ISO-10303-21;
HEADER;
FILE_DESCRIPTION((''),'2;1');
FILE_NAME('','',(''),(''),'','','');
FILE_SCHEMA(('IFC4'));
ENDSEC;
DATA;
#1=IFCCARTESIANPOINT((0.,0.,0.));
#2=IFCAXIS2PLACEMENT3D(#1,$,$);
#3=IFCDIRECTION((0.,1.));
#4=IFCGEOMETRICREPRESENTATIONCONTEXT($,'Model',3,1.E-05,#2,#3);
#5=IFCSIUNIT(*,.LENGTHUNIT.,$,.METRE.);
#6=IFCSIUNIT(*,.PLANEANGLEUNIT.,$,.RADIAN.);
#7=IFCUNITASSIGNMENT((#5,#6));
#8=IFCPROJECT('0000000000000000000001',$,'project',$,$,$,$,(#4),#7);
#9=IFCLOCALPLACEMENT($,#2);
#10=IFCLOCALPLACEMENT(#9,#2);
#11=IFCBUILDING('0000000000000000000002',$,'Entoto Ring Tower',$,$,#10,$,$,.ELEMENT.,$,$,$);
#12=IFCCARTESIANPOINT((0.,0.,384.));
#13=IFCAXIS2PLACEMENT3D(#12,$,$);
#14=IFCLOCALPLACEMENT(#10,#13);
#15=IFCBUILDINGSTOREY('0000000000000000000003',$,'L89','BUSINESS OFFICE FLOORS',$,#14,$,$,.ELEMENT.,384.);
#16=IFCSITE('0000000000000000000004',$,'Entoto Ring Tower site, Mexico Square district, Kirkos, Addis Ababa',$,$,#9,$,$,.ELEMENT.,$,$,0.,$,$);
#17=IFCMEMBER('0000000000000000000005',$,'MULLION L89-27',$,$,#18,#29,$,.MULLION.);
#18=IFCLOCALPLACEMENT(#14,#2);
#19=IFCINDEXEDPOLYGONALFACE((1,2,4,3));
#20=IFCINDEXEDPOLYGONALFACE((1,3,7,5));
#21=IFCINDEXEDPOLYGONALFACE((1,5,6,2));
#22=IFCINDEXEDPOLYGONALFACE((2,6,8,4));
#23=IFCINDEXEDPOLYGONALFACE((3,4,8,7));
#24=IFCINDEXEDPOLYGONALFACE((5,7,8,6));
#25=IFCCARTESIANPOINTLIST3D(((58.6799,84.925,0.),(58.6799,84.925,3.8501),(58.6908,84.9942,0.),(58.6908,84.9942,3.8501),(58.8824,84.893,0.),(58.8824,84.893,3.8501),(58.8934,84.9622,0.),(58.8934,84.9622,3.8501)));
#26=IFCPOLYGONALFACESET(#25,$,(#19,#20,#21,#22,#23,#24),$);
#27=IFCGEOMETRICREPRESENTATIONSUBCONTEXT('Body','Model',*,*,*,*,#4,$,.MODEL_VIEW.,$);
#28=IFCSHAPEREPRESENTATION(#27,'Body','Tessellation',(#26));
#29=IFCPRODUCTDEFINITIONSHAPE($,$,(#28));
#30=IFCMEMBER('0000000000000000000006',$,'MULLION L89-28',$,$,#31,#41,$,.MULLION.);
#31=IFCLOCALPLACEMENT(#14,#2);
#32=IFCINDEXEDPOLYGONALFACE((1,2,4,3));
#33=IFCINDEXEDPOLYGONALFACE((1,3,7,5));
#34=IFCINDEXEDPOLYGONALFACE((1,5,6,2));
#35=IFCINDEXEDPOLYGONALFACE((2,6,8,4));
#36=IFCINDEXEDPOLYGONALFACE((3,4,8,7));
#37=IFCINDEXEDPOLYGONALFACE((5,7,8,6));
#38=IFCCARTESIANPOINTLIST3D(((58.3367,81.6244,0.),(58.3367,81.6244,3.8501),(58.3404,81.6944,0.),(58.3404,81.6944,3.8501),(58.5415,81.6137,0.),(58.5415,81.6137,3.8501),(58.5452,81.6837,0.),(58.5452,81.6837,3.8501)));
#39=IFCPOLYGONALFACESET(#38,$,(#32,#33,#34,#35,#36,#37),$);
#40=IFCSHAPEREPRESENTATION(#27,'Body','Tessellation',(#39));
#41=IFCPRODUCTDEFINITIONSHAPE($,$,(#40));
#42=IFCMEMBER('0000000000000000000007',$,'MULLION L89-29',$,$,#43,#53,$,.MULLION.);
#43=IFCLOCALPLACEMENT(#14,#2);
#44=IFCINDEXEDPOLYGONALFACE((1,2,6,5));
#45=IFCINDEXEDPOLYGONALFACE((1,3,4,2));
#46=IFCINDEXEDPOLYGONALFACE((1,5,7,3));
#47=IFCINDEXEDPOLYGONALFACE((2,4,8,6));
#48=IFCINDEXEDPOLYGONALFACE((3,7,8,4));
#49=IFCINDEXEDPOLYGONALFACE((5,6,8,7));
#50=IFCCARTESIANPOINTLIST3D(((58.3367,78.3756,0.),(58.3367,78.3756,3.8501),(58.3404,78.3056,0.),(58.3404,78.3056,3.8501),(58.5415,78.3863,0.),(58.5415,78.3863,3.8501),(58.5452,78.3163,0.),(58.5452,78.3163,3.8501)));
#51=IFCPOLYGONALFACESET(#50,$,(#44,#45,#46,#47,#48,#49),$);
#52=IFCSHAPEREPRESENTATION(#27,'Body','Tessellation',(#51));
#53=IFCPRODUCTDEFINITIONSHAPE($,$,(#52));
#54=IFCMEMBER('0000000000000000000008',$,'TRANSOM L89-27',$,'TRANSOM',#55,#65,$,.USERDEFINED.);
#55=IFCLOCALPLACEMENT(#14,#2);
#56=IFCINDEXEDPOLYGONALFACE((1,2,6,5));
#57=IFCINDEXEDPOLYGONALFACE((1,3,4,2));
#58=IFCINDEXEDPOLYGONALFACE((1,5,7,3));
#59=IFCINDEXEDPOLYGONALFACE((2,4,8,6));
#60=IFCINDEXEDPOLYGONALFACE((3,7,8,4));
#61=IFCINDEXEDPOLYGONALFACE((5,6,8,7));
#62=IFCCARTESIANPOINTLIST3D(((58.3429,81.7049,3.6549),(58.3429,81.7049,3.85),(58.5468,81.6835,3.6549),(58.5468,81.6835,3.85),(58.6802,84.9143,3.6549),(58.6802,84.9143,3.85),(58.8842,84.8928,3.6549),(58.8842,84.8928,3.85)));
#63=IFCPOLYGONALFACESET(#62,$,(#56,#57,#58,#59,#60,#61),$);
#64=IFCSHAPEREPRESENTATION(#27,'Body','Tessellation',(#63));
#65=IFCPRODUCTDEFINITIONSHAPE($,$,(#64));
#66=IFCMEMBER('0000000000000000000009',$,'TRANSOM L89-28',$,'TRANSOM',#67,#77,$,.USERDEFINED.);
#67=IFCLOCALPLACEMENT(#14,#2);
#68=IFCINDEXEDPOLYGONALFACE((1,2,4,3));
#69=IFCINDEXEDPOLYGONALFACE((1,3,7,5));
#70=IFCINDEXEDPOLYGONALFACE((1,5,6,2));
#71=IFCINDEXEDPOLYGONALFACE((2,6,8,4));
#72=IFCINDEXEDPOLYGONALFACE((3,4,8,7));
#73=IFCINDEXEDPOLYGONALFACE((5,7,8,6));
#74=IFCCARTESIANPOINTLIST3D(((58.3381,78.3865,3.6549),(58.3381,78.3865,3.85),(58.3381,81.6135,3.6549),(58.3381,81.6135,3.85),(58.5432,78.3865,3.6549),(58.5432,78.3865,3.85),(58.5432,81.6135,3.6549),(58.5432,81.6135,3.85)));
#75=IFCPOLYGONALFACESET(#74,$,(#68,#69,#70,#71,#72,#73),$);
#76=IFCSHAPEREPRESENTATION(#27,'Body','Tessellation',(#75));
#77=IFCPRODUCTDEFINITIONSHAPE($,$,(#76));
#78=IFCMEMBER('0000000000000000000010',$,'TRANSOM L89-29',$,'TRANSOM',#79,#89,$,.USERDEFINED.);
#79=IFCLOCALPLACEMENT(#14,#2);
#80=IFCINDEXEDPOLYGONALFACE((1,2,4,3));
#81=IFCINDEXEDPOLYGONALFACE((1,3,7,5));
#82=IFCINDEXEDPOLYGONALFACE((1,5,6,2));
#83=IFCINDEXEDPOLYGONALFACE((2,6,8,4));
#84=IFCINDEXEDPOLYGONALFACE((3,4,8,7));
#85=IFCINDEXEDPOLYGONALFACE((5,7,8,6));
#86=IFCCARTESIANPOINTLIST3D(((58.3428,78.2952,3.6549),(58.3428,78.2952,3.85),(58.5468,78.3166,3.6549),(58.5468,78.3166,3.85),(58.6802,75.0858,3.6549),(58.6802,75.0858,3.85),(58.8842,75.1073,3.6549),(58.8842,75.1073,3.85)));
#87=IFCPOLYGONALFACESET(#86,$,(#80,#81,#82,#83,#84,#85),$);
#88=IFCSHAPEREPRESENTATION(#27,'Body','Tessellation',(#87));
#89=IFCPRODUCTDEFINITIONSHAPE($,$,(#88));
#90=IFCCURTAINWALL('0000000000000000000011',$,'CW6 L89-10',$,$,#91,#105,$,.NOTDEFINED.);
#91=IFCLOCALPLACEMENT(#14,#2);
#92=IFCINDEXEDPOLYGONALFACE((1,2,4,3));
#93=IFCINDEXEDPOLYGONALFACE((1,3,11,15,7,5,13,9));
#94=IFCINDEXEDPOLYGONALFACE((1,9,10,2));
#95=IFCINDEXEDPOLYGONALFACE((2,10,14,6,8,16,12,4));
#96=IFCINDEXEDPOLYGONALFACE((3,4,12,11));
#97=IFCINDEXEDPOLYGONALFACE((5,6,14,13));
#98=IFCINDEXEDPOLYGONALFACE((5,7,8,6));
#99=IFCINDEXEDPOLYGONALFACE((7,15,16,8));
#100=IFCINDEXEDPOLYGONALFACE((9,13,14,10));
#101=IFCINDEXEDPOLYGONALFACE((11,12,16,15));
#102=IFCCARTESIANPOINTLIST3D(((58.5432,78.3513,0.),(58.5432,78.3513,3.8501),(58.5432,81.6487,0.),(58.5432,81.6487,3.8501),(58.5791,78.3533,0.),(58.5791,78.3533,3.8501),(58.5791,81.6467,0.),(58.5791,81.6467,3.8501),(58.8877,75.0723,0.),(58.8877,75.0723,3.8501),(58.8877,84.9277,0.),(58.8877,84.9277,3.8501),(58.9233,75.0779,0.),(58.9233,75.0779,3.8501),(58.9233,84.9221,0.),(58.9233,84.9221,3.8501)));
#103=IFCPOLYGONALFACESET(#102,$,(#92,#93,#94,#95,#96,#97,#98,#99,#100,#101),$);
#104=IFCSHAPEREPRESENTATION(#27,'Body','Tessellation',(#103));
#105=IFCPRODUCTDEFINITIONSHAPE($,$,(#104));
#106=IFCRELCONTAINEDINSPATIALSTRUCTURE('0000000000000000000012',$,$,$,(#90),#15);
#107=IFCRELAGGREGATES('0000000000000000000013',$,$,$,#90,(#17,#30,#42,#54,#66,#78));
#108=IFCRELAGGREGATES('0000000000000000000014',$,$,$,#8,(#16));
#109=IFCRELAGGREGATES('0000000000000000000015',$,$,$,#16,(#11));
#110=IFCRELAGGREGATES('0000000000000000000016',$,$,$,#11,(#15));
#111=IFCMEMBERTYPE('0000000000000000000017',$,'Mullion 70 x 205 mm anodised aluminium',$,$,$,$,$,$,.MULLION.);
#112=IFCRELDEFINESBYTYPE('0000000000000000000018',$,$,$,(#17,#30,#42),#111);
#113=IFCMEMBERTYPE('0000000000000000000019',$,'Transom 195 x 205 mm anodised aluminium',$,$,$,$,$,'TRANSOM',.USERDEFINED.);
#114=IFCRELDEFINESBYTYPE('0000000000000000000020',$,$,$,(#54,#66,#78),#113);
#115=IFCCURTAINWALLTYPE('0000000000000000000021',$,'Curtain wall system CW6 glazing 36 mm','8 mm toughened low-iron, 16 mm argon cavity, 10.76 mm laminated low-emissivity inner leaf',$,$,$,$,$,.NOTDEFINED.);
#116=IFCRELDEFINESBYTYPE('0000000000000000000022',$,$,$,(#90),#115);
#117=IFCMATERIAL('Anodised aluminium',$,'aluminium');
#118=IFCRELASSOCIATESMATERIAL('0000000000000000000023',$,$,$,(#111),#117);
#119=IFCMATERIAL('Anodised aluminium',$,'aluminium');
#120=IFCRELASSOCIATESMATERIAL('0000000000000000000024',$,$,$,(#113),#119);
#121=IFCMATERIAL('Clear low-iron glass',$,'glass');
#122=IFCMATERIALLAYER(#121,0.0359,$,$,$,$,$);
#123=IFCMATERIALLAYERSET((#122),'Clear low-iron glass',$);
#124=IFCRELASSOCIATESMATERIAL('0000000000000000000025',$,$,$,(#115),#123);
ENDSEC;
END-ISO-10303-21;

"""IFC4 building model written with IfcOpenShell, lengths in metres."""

from ifc_helpers import new_model, si_unit, direction, frame, origin, origin_2d, place, context, subcontext, project, spatial, polyline, rectangle, outline, extrude, material, layer, layer_set, material_profile, profile_set, type_object, element, aggregate, save


model = new_model("IFC4")

# Units and contexts
model_context = context("Model", 3, precision=1e-05, world=origin(), true_north=direction((0.0, 1.0)))
body_context = subcontext(model_context, "Body", "Model", "MODEL_VIEW")
ifc_project = project(units=[si_unit("LENGTHUNIT", "METRE"), si_unit("PLANEANGLEUNIT", "RADIAN")], contexts=[model_context])

# Members
ifc_material_1 = material(Name="Anodised aluminium", Category="aluminium")
ifc_material_profile_1 = material_profile(ifc_material_1, rectangle(XDim=0.0701, YDim=0.2051, at=origin_2d()), Name="Mullion 70 x 205 mm anodised aluminium")
ifc_profile_set_1 = profile_set([ifc_material_profile_1], Name="Anodised aluminium")
member_type_1 = type_object("IfcMemberType", Name="Mullion 70 x 205 mm anodised aluminium", PredefinedType="MULLION", material=ifc_profile_set_1)
site_placement = place(None, origin())
building_placement = place(site_placement, origin())
storey_placement = place(building_placement, frame((0.0, 0.0, 384.0)))
member_1_placement = place(storey_placement, frame((58.7866, 84.9436, 0.0), z_axis=(0.0, 0.0, 1.0), x_axis=(-0.156434, -0.987688, 0.0)))
member_1 = element("IfcMember", 1, at=member_1_placement, type_object=member_type_1, Name="MULLION L89-27", PredefinedType="MULLION", context=body_context, shape_type="SweptSolid", body=[
    extrude(rectangle(XDim=0.0701, YDim=0.2051, at=origin_2d()), origin(), (0.0, 0.0, 1.0), 3.8501),
])
member_2_placement = place(storey_placement, frame((58.4409, 81.6541, 0.0), z_axis=(0.0, 0.0, 1.0), x_axis=(-0.052336, -0.99863, 0.0)))
member_2 = element("IfcMember", 2, at=member_2_placement, type_object=member_type_1, Name="MULLION L89-28", PredefinedType="MULLION", context=body_context, shape_type="SweptSolid", body=[
    extrude(rectangle(XDim=0.0701, YDim=0.2051, at=origin_2d()), origin(), (0.0, 0.0, 1.0), 3.8501),
])
member_3_placement = place(storey_placement, frame((58.4409, 78.3459, 0.0), z_axis=(0.0, 0.0, 1.0), x_axis=(0.052336, -0.99863, 0.0)))
member_3 = element("IfcMember", 3, at=member_3_placement, type_object=member_type_1, Name="MULLION L89-29", PredefinedType="MULLION", context=body_context, shape_type="SweptSolid", body=[
    extrude(rectangle(XDim=0.0701, YDim=0.2051, at=origin_2d()), origin(), (0.0, 0.0, 1.0), 3.8501),
])
ifc_material_2 = material(Name="Anodised aluminium", Category="aluminium")
ifc_material_profile_2 = material_profile(ifc_material_2, rectangle(XDim=0.2051, YDim=0.1951, at=origin_2d()), Name="Transom 195 x 205 mm anodised aluminium")
ifc_profile_set_2 = profile_set([ifc_material_profile_2], Name="Anodised aluminium")
member_type_2 = type_object("IfcMemberType", Name="Transom 195 x 205 mm anodised aluminium", ElementType="TRANSOM", PredefinedType="USERDEFINED", material=ifc_profile_set_2)
member_4_placement = place(storey_placement, frame((58.7822, 84.9036, 3.7524), z_axis=(-0.104551, -0.99452, 0.0), x_axis=(0.99452, -0.104551, 0.0)))
member_4 = element("IfcMember", 4, at=member_4_placement, type_object=member_type_2, Name="TRANSOM L89-27", ObjectType="TRANSOM", PredefinedType="USERDEFINED", context=body_context, shape_type="SweptSolid", body=[
    extrude(rectangle(XDim=0.2051, YDim=0.1951, at=origin_2d()), origin(), (0.0, 0.0, 1.0), 3.2271),
])
member_5_placement = place(storey_placement, frame((58.4407, 81.6135, 3.7524), z_axis=(0.0, -1.0, 0.0), x_axis=(1.0, 0.0, 0.0)))
member_5 = element("IfcMember", 5, at=member_5_placement, type_object=member_type_2, Name="TRANSOM L89-28", ObjectType="TRANSOM", PredefinedType="USERDEFINED", context=body_context, shape_type="SweptSolid", body=[
    extrude(rectangle(XDim=0.2051, YDim=0.1951, at=origin_2d()), origin(), (0.0, 0.0, 1.0), 3.2271),
])
member_6_placement = place(storey_placement, frame((58.4448, 78.3059, 3.7524), z_axis=(0.104551, -0.99452, 0.0), x_axis=(0.99452, 0.104551, 0.0)))
member_6 = element("IfcMember", 6, at=member_6_placement, type_object=member_type_2, Name="TRANSOM L89-29", ObjectType="TRANSOM", PredefinedType="USERDEFINED", context=body_context, shape_type="SweptSolid", body=[
    extrude(rectangle(XDim=0.2051, YDim=0.1951, at=origin_2d()), origin(), (0.0, 0.0, 1.0), 3.2271),
])

# Site, building, storey
site = spatial("IfcSite", under=ifc_project, at=site_placement, Name="Entoto Ring Tower site, Mexico Square district, Kirkos, Addis Ababa", CompositionType="ELEMENT", RefElevation=0.0)
building = spatial("IfcBuilding", under=site, at=building_placement, Name="Entoto Ring Tower", CompositionType="ELEMENT")
storey = spatial("IfcBuildingStorey", under=building, at=storey_placement, Name="L89", Description="BUSINESS OFFICE FLOORS", CompositionType="ELEMENT", Elevation=384.0)

# Curtain wall
ifc_material_3 = material(Name="Clear low-iron glass", Category="glass")
ifc_layer = layer(ifc_material_3, 0.0359)
ifc_layer_set = layer_set([ifc_layer], Name="Clear low-iron glass")
curtain_wall_type = type_object("IfcCurtainWallType", Name="Curtain wall system CW6 glazing 36 mm", Description="8 mm toughened low-iron, 16 mm argon cavity, 10.76 mm laminated low-emissivity inner leaf", PredefinedType="NOTDEFINED", material=ifc_layer_set)
curtain_wall_1_placement = place(storey_placement, origin())
curtain_wall_1 = element("IfcCurtainWall", 7, at=curtain_wall_1_placement, inside=storey, type_object=curtain_wall_type, Name="CW6 L89-10", PredefinedType="NOTDEFINED", context=body_context, shape_type="SweptSolid", body=[
    extrude(outline(polyline([(58.8877, 84.9277), (58.5432, 81.6487), (58.5432, 78.3513), (58.8877, 75.0723), (58.9233, 75.0779), (58.5791, 78.3533), (58.5791, 81.6467), (58.9233, 84.9221), (58.8877, 84.9277)])), origin(), (0.0, 0.0, 1.0), 3.8501),
])
aggregate(curtain_wall_1, [member_1, member_2, member_3, member_4, member_5, member_6])

save(model, "model.ifc")
